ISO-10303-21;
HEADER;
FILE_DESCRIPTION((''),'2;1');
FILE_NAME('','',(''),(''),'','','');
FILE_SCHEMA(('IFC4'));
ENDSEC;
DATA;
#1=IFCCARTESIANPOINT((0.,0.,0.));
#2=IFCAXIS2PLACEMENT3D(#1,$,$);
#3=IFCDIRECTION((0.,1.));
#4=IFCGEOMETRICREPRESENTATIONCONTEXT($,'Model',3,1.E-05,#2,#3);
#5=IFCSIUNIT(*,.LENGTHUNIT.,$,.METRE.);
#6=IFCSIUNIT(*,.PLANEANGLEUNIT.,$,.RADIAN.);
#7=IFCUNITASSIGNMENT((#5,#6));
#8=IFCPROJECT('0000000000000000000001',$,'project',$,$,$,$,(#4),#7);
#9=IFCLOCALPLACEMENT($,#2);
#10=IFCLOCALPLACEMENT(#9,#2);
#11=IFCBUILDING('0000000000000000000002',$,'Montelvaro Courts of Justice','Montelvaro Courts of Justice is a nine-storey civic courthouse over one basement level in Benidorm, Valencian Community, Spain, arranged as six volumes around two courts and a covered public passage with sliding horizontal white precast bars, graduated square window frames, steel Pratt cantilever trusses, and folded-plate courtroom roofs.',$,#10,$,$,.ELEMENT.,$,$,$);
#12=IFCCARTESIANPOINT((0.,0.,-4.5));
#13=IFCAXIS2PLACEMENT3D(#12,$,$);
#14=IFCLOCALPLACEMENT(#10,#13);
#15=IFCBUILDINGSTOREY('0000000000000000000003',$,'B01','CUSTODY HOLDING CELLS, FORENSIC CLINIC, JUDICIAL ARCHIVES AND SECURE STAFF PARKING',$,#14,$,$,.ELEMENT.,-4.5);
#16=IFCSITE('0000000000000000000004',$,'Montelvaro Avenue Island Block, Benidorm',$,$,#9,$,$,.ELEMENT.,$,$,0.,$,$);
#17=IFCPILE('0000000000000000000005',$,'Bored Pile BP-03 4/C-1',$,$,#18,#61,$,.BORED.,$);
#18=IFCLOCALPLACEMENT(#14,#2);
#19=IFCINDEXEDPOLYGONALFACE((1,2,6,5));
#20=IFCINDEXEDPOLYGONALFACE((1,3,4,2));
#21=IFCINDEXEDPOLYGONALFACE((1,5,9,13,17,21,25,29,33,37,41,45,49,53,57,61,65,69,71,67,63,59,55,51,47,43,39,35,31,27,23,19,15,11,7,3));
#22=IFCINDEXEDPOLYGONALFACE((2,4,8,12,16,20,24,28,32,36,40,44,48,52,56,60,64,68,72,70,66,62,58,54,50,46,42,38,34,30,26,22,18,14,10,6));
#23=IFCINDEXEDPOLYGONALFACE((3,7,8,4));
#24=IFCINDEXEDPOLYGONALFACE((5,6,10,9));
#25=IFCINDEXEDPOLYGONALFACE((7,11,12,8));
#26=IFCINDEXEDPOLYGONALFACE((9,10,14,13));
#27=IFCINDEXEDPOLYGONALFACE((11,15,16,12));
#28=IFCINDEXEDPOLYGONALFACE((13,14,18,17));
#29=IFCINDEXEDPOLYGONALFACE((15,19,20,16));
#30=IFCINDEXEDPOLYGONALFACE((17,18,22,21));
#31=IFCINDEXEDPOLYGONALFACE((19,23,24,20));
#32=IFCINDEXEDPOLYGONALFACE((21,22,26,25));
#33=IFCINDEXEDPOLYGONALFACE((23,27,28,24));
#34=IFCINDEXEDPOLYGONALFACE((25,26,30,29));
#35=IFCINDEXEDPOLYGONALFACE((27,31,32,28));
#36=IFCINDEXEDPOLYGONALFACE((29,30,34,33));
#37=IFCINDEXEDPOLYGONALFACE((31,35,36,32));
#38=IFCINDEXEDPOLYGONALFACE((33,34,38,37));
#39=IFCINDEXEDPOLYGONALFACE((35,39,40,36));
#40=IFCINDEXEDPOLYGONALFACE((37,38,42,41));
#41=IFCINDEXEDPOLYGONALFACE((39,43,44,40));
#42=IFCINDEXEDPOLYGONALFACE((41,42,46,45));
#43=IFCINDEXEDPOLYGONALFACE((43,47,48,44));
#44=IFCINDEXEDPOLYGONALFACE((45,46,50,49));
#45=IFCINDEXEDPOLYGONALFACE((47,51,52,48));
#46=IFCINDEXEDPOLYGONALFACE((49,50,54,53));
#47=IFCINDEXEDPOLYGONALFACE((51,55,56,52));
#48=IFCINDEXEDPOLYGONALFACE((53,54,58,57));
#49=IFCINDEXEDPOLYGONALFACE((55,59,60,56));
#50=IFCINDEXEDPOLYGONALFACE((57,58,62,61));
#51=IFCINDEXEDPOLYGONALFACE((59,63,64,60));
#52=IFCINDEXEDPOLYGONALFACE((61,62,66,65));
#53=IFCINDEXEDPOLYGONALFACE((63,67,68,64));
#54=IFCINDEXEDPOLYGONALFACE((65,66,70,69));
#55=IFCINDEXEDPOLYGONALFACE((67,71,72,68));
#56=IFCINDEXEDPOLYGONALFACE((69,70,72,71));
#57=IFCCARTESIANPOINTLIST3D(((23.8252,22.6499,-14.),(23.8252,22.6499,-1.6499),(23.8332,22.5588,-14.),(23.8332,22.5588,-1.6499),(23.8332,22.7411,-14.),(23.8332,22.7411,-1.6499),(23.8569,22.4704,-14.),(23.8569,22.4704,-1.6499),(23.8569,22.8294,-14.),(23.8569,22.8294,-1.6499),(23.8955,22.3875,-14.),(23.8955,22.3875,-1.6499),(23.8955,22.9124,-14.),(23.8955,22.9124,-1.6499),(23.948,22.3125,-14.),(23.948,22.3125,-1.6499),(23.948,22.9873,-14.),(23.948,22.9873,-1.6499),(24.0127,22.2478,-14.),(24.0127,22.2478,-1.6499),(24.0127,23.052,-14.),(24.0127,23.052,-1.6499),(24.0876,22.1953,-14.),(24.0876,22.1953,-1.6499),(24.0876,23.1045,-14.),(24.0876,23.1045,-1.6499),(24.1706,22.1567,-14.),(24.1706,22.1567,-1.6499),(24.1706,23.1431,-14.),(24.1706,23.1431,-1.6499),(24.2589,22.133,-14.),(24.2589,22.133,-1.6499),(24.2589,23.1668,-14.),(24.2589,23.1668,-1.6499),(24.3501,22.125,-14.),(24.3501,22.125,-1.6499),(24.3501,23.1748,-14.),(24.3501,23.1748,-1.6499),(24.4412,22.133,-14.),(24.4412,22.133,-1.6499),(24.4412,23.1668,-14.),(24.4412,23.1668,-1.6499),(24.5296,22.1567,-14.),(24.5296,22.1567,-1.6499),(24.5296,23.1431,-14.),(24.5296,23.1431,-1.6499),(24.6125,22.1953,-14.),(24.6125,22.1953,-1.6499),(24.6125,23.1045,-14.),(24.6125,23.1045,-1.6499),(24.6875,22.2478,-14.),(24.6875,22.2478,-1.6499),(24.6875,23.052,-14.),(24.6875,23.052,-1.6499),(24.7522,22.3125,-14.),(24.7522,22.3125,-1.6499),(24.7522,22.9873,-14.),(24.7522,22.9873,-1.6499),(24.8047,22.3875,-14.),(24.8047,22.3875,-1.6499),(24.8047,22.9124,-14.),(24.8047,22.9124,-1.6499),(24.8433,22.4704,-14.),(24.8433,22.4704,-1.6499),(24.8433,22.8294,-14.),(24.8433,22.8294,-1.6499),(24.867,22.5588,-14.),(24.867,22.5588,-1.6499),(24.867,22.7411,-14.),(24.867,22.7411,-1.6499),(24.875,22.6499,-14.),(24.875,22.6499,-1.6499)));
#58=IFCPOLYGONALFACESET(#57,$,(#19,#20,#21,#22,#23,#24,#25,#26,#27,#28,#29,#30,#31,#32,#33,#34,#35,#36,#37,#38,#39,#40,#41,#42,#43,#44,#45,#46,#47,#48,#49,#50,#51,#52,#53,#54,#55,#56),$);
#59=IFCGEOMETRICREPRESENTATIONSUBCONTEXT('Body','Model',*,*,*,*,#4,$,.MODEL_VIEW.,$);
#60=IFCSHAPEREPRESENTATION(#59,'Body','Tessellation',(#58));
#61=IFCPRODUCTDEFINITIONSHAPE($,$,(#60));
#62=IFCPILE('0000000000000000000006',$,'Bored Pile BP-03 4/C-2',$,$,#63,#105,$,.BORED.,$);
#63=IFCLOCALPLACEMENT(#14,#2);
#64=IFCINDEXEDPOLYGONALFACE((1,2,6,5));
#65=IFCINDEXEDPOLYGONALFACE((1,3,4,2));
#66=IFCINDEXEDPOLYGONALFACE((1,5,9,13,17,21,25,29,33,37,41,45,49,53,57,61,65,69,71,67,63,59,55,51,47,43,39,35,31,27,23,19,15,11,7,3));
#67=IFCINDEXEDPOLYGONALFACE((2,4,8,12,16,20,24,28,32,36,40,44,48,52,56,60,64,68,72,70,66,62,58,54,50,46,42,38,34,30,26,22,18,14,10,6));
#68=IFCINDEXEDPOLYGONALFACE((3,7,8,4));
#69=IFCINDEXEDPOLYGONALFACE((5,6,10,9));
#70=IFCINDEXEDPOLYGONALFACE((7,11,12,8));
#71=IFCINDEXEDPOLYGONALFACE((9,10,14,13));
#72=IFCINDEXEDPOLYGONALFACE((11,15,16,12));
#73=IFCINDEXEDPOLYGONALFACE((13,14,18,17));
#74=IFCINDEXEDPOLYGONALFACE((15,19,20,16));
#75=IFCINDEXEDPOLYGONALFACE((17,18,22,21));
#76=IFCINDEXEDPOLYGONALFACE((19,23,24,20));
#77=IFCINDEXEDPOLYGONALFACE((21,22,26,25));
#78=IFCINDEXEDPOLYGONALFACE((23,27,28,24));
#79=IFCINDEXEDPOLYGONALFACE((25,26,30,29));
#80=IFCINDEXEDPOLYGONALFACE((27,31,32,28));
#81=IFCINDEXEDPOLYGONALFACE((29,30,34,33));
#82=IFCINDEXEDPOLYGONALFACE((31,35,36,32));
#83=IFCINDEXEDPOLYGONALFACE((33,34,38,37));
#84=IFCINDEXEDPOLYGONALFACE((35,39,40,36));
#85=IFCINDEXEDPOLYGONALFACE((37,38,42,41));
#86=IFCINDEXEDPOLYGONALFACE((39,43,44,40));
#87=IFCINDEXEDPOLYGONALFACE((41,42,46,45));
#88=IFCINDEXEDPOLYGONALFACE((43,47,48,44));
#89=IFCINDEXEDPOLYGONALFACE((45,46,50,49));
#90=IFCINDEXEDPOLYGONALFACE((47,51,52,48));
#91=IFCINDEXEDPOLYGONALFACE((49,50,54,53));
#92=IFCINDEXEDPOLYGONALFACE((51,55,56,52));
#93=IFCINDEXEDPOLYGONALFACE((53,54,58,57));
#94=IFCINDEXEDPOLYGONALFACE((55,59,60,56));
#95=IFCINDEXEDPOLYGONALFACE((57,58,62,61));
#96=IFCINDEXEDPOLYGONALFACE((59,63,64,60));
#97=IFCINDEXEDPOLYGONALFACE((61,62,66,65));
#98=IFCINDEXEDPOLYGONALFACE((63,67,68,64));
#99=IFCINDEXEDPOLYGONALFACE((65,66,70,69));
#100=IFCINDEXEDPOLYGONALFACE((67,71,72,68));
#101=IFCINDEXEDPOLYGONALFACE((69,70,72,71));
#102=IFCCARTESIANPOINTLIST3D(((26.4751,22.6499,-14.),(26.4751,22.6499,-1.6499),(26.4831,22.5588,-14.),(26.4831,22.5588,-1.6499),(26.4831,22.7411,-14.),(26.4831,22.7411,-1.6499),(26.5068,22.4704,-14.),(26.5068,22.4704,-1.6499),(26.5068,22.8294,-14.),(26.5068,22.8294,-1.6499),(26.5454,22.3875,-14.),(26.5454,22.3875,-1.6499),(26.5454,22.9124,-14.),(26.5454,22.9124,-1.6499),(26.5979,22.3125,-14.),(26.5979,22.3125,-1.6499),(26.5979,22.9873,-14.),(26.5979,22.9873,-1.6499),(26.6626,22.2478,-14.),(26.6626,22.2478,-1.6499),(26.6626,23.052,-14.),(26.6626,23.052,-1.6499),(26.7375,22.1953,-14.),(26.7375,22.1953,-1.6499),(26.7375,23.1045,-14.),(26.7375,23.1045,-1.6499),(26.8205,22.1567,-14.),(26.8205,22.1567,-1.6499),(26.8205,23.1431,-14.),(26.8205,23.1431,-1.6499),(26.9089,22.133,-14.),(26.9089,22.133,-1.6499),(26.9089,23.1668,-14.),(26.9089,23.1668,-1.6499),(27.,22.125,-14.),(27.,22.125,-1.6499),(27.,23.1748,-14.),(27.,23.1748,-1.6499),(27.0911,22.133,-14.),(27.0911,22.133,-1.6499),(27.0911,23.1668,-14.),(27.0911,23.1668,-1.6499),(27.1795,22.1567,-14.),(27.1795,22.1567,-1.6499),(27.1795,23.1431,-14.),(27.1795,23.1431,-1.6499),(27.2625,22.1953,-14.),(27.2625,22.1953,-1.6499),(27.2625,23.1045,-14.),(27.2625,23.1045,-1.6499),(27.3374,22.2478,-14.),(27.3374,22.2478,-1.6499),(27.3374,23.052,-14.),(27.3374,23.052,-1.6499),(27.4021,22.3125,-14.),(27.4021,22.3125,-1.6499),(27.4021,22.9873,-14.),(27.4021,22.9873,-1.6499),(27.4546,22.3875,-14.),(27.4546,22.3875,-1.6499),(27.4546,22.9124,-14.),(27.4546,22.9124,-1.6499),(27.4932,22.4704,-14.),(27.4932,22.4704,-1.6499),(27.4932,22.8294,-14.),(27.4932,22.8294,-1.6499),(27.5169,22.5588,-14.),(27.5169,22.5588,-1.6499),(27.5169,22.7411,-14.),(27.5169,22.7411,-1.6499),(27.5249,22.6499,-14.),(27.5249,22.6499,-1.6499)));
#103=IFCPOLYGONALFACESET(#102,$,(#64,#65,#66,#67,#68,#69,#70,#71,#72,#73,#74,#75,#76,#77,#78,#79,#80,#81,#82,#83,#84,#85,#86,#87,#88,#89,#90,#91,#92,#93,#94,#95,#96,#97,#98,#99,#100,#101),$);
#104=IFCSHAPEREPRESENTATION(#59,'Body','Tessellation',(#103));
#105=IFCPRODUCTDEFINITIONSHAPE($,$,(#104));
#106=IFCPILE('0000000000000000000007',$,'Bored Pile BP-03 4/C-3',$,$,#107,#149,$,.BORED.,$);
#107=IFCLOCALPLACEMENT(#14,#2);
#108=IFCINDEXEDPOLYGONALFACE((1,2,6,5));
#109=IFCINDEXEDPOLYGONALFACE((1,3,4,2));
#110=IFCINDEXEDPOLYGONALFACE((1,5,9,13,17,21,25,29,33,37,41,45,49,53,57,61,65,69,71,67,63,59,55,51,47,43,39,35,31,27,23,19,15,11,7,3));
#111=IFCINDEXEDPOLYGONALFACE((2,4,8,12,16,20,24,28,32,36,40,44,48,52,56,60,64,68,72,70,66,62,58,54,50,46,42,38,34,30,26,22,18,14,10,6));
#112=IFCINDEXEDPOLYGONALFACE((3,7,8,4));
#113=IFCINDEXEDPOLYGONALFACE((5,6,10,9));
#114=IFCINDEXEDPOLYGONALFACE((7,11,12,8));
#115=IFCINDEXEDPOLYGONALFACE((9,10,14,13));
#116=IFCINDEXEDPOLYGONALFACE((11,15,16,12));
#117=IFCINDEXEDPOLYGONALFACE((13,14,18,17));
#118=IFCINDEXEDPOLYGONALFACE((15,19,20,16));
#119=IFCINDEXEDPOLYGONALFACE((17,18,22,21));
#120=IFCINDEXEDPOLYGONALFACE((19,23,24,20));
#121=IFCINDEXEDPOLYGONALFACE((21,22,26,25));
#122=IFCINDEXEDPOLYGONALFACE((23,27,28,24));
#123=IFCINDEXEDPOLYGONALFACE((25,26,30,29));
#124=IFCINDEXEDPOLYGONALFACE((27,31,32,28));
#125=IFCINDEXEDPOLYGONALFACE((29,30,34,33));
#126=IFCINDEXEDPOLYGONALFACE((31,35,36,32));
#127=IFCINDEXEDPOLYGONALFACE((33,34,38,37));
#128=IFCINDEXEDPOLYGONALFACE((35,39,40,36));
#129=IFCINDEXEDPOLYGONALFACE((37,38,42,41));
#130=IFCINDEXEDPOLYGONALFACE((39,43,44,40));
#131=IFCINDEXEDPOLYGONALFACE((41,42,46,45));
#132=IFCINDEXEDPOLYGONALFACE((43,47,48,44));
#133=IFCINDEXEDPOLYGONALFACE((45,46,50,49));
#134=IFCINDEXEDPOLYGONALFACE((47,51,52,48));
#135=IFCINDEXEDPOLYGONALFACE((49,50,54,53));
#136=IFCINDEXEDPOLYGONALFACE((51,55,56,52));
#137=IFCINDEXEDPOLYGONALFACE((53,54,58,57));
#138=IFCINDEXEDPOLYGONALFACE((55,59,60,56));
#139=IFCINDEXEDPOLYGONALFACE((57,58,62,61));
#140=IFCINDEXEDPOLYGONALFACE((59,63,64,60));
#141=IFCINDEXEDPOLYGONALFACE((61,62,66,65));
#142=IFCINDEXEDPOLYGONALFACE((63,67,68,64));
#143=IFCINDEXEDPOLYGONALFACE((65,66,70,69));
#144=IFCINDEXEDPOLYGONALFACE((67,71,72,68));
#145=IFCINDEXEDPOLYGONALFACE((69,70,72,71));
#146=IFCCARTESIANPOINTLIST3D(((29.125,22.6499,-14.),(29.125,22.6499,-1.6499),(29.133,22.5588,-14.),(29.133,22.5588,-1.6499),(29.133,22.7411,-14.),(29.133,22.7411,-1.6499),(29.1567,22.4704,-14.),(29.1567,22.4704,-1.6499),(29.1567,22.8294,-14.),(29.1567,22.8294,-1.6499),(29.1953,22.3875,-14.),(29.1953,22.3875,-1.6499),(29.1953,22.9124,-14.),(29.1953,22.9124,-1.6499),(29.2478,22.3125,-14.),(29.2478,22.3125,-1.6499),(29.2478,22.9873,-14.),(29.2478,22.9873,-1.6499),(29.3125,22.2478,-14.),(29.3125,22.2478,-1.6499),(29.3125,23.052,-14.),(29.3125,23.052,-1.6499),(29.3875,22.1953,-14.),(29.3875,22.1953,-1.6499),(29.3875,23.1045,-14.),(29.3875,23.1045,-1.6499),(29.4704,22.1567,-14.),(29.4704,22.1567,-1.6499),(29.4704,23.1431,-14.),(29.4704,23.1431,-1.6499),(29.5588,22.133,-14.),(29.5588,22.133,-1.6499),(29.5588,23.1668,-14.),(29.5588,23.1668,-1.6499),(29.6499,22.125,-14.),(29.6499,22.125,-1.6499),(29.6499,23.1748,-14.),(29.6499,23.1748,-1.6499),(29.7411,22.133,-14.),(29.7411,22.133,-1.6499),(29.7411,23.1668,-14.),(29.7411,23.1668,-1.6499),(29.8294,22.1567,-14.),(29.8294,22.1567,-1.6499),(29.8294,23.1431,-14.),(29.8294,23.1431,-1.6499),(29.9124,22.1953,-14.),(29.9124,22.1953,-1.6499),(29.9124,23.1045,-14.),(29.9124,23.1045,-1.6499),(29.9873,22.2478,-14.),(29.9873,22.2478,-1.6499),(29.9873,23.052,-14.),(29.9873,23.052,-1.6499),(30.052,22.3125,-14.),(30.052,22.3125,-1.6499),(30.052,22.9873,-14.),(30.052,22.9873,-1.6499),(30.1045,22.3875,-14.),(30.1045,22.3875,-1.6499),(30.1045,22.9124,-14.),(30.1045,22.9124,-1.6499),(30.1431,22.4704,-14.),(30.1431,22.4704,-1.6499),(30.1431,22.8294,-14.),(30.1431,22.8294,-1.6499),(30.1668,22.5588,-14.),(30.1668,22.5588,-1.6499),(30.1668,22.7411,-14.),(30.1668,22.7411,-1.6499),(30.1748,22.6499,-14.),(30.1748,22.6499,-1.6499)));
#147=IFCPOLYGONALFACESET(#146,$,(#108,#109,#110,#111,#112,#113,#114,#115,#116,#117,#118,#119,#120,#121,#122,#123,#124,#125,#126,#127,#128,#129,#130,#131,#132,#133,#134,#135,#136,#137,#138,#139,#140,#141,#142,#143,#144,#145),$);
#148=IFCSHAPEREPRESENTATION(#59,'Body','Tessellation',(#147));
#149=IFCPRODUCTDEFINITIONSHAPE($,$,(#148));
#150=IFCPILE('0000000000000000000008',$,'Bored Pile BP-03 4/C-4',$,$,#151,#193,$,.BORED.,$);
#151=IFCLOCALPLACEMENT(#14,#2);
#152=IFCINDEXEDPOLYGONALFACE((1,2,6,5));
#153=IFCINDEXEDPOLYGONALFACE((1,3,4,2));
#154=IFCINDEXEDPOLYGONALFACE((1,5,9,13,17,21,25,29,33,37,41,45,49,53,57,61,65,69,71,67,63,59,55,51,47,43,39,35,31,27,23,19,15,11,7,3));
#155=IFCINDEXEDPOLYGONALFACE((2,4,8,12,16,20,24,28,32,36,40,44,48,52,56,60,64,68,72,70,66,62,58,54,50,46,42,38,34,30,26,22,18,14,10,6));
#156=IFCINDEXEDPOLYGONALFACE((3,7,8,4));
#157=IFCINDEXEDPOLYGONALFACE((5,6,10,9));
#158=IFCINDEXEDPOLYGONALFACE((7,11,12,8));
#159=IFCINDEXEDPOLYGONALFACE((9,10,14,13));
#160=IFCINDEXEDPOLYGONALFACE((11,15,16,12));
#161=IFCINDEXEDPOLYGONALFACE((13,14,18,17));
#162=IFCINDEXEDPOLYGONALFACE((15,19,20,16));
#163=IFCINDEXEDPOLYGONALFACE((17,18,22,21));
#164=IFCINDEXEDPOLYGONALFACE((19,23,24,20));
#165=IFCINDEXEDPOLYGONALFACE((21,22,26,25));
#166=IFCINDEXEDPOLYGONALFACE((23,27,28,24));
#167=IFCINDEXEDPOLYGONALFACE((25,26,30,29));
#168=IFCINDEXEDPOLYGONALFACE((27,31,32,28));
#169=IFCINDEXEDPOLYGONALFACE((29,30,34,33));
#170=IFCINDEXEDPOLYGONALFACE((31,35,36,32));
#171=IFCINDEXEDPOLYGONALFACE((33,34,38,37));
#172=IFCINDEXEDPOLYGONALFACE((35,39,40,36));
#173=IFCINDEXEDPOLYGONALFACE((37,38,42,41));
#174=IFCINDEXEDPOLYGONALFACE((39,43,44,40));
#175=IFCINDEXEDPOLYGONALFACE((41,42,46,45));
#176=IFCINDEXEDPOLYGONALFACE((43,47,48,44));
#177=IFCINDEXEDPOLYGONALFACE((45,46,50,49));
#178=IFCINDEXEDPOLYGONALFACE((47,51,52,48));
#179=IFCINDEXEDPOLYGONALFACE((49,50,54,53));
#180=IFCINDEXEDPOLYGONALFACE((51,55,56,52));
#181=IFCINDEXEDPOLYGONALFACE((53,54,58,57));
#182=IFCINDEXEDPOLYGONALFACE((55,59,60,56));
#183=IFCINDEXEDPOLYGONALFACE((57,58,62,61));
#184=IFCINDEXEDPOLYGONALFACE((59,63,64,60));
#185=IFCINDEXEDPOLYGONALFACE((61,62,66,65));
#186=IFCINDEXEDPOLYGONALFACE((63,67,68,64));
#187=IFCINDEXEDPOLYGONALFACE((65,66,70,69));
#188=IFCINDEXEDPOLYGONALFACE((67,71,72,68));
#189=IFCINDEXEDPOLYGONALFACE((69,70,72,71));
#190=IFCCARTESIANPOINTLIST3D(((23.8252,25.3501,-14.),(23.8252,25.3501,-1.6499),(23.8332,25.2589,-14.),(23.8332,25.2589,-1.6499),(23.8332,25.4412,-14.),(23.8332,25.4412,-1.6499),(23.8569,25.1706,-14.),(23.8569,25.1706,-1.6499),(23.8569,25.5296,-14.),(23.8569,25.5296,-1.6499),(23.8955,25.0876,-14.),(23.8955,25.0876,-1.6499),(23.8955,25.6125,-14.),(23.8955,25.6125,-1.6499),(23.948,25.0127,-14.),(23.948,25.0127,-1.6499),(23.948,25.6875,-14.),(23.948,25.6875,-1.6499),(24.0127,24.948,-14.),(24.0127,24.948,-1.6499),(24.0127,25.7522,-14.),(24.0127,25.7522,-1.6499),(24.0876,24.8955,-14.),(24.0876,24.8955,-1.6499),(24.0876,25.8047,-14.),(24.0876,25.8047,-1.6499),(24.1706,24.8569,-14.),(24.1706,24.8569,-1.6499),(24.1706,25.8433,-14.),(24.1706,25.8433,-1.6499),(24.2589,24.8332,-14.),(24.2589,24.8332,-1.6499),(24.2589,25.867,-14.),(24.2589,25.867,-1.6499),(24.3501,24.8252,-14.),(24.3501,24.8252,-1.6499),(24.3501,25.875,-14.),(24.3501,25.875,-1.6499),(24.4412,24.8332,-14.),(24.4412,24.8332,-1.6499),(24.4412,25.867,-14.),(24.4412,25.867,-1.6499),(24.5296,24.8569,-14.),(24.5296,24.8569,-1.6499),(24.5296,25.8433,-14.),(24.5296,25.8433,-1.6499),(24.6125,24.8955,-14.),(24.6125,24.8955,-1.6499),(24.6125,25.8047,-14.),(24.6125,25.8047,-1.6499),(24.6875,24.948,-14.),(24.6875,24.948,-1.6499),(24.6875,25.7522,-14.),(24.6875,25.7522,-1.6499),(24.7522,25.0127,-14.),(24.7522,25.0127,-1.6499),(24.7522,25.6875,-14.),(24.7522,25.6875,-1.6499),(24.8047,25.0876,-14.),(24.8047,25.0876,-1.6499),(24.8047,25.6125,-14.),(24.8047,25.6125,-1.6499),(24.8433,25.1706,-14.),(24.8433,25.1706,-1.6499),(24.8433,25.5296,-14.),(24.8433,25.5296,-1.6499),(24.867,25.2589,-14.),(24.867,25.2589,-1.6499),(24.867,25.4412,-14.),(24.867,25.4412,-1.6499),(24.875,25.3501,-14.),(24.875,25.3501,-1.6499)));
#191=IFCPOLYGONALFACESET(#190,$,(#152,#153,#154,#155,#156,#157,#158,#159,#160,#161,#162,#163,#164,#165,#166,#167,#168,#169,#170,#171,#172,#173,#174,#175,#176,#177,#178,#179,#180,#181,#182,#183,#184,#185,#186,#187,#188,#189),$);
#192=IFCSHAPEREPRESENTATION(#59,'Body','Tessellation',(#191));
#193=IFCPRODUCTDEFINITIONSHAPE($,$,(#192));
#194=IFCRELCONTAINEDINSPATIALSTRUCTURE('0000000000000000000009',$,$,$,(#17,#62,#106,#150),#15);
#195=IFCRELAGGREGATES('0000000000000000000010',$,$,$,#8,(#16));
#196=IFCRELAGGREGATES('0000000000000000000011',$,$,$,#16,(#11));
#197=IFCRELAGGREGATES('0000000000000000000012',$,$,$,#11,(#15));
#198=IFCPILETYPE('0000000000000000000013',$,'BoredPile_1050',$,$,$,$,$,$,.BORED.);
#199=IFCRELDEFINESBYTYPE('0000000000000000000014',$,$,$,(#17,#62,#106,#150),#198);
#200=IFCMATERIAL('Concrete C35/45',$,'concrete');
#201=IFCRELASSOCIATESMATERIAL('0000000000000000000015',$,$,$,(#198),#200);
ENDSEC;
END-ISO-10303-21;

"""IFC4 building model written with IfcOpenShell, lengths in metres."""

from ifc_helpers import new_model, si_unit, direction, frame, origin, origin_2d, place, context, subcontext, project, spatial, circle, extrude, material, material_profile, profile_set, type_object, element, save


model = new_model("IFC4")

# Units and contexts
model_context = context("Model", 3, precision=1e-05, world=origin(), true_north=direction((0.0, 1.0)))
body_context = subcontext(model_context, "Body", "Model", "MODEL_VIEW")
ifc_project = project(units=[si_unit("LENGTHUNIT", "METRE"), si_unit("PLANEANGLEUNIT", "RADIAN")], contexts=[model_context])

# Site, building, storey
site_placement = place(None, origin())
site = spatial("IfcSite", under=ifc_project, at=site_placement, Name="Montelvaro Avenue Island Block, Benidorm", CompositionType="ELEMENT", RefElevation=0.0)
building_placement = place(site_placement, origin())
building = spatial("IfcBuilding", under=site, at=building_placement, Name="Montelvaro Courts of Justice", Description="Montelvaro Courts of Justice is a nine-storey civic courthouse over one basement level in Benidorm, Valencian Community, Spain, arranged as six volumes around two courts and a covered public passage with sliding horizontal white precast bars, graduated square window frames, steel Pratt cantilever trusses, and folded-plate courtroom roofs.", CompositionType="ELEMENT")
storey_placement = place(building_placement, frame((0.0, 0.0, -4.5)))
storey = spatial("IfcBuildingStorey", under=building, at=storey_placement, Name="B01", Description="CUSTODY HOLDING CELLS, FORENSIC CLINIC, JUDICIAL ARCHIVES AND SECURE STAFF PARKING", CompositionType="ELEMENT", Elevation=-4.5)

# Piles
ifc_material_1 = material(Name="Concrete C35/45", Category="concrete")
ifc_material_profile_1 = material_profile(ifc_material_1, circle(Radius=0.5249, at=origin_2d()), Name="BORED PILE D1050")
ifc_profile_set_1 = profile_set([ifc_material_profile_1], Name="Concrete C35/45")
pile_type_1 = type_object("IfcPileType", Name="BoredPile_1050", PredefinedType="BORED", material=ifc_profile_set_1)
for number, where, z_axis, x_axis, name in (
    (1, (24.3501, 22.6499, -1.6499), (0.0, 0.0, -1.0), (1.0, 0.0, 0.0), "Bored Pile BP-03 4/C-1"),
    (2, (27.0, 22.6499, -1.6499), (0.0, 0.0, -1.0), (1.0, 0.0, 0.0), "Bored Pile BP-03 4/C-2"),
    (3, (29.6499, 22.6499, -1.6499), (0.0, 0.0, -1.0), (1.0, 0.0, 0.0), "Bored Pile BP-03 4/C-3"),
    (4, (24.3501, 25.3501, -1.6499), (0.0, 0.0, -1.0), (1.0, 0.0, 0.0), "Bored Pile BP-03 4/C-4"),
):
    element("IfcPile", number, at=place(storey_placement, frame(where, z_axis=z_axis, x_axis=x_axis)), inside=storey, type_object=pile_type_1, Name=name, PredefinedType="BORED", context=body_context, shape_type="SweptSolid", body=[
        extrude(circle(Radius=0.5249, at=origin_2d()), origin(), (0.0, 0.0, 1.0), 12.3501),
    ])

save(model, "model.ifc")
